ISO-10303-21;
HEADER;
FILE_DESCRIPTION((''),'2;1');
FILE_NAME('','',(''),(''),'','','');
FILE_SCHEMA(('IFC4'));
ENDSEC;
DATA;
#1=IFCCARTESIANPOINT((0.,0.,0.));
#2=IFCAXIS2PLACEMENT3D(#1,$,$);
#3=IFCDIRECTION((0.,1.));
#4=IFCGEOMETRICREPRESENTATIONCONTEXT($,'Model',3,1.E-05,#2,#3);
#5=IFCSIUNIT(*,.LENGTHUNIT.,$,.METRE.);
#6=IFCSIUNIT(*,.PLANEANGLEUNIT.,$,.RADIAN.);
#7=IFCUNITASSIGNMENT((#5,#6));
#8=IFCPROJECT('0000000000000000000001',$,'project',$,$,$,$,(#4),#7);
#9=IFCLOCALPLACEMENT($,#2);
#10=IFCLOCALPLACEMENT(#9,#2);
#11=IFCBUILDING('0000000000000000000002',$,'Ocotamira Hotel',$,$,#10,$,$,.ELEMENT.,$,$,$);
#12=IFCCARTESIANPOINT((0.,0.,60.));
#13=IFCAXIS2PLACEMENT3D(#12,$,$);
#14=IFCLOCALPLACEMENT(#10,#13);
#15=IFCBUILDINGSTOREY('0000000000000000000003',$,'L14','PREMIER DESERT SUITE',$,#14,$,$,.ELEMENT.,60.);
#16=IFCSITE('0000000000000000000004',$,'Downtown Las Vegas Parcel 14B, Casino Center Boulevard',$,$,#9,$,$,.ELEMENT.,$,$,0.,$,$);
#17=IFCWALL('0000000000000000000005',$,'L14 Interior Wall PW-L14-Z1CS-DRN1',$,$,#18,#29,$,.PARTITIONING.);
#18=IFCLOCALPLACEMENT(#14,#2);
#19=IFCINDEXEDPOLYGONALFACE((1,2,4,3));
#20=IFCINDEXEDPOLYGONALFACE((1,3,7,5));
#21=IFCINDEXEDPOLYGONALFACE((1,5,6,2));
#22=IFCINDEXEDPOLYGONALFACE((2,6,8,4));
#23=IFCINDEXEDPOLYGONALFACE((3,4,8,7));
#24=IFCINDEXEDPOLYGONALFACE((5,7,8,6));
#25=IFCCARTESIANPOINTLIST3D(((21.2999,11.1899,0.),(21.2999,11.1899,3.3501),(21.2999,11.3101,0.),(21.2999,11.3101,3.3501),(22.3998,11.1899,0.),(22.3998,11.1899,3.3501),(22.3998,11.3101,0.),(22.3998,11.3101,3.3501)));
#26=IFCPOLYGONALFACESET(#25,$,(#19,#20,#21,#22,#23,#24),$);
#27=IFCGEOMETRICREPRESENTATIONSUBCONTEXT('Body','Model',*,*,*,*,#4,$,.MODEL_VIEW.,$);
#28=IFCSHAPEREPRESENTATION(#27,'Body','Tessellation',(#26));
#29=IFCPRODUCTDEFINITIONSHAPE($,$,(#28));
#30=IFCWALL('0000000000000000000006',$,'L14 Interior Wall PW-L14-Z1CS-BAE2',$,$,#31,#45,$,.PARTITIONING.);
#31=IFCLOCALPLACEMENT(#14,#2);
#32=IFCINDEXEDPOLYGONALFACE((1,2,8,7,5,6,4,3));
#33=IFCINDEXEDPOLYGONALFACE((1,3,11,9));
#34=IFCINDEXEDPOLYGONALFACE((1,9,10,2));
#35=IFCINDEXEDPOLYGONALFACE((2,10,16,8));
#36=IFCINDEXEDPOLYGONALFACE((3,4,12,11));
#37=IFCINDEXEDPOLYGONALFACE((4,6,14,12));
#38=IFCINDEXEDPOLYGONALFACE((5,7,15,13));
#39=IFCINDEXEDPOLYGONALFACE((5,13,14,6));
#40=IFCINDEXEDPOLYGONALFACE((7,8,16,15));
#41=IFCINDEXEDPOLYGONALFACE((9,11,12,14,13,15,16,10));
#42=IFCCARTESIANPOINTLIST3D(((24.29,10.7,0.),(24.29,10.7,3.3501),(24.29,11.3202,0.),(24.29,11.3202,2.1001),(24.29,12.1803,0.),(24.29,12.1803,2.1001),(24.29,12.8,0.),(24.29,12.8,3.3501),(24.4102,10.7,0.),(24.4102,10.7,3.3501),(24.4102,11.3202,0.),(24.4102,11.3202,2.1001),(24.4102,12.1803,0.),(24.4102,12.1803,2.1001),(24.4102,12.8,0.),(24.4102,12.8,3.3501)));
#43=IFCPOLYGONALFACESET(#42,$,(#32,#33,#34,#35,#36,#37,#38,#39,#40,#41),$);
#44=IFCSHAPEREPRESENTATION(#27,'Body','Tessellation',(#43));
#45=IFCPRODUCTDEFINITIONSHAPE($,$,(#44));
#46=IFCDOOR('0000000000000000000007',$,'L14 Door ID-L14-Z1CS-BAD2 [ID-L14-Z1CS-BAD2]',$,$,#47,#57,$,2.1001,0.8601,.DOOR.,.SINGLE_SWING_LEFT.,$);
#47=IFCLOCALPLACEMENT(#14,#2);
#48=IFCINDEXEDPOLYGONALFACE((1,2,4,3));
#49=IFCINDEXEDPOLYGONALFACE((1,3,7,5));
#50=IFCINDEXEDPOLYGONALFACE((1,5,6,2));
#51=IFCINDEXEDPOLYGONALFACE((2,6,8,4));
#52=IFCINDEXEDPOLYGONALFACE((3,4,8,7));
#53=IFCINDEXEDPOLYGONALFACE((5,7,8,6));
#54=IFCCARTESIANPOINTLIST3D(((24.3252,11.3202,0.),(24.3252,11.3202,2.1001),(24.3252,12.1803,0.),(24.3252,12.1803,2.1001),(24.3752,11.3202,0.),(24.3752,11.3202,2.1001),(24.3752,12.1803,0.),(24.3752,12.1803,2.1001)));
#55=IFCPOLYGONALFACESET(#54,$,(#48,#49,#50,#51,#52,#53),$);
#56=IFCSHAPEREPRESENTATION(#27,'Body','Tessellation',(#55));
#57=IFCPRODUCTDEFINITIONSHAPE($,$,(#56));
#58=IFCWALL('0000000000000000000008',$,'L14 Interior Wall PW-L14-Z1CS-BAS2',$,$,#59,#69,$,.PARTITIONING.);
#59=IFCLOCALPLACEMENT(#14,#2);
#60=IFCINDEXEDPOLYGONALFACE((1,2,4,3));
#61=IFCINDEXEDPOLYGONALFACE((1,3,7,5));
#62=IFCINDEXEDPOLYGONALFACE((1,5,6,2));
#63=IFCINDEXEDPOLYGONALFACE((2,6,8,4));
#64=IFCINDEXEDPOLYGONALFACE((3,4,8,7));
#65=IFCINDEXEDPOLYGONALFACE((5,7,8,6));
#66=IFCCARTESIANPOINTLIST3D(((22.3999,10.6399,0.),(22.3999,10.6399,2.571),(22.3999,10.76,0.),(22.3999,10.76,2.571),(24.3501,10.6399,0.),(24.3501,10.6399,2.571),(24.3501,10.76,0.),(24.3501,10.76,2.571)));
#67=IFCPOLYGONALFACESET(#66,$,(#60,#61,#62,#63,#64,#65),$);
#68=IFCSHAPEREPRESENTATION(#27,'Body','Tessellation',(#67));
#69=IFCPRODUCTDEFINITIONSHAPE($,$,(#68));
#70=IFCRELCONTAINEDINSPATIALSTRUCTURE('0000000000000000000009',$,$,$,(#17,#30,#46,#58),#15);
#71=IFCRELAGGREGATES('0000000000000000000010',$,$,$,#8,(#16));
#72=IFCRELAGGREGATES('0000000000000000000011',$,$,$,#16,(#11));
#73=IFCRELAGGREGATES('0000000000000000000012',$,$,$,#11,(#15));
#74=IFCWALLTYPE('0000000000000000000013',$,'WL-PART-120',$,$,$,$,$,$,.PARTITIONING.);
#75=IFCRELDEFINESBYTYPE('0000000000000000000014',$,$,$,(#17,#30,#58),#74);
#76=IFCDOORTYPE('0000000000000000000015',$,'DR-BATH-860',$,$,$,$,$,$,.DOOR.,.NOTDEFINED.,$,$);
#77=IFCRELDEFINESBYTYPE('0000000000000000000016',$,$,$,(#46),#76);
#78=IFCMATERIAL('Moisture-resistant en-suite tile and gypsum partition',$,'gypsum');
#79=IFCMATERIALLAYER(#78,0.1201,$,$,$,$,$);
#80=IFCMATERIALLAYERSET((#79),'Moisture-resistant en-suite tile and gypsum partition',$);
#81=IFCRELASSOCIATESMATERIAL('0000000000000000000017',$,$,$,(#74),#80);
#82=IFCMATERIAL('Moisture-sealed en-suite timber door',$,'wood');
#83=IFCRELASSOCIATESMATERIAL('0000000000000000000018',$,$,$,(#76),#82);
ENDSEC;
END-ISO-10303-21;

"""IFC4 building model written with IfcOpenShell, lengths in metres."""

from ifc_helpers import new_model, si_unit, direction, frame, frame_2d, origin, place, context, subcontext, project, spatial, rectangle, extrude, source, transform, mapped, material, layer, layer_set, type_object, element, fill, save


model = new_model("IFC4")

# Units and contexts
model_context = context("Model", 3, precision=1e-05, world=origin(), true_north=direction((0.0, 1.0)))
body_context = subcontext(model_context, "Body", "Model", "MODEL_VIEW")
ifc_project = project(units=[si_unit("LENGTHUNIT", "METRE"), si_unit("PLANEANGLEUNIT", "RADIAN")], contexts=[model_context])

# Site, building, storey
site_placement = place(None, origin())
site = spatial("IfcSite", under=ifc_project, at=site_placement, Name="Downtown Las Vegas Parcel 14B, Casino Center Boulevard", CompositionType="ELEMENT", RefElevation=0.0)
building_placement = place(site_placement, origin())
building = spatial("IfcBuilding", under=site, at=building_placement, Name="Ocotamira Hotel", CompositionType="ELEMENT")
storey_placement = place(building_placement, frame((0.0, 0.0, 60.0)))
storey = spatial("IfcBuildingStorey", under=building, at=storey_placement, Name="L14", Description="PREMIER DESERT SUITE", CompositionType="ELEMENT", Elevation=60.0)

# Shared definitions
ifc_material_1 = material(Name="Moisture-resistant en-suite tile and gypsum partition", Category="gypsum")
ifc_layer_1 = layer(ifc_material_1, 0.1201)
ifc_layer_set_1 = layer_set([ifc_layer_1], Name="Moisture-resistant en-suite tile and gypsum partition")
wall_type_1 = type_object("IfcWallType", Name="WL-PART-120", PredefinedType="PARTITIONING", material=ifc_layer_set_1)

# Wall
wall_1_placement = place(storey_placement, frame((21.3, 11.25, 0.0), z_axis=(0.0, 0.0, 1.0), x_axis=(1.0, 0.0, 0.0)))
element("IfcWall", 1, at=wall_1_placement, inside=storey, type_object=wall_type_1, Name="L14 Interior Wall PW-L14-Z1CS-DRN1", PredefinedType="PARTITIONING", context=body_context, shape_type="SweptSolid", body=[
    extrude(rectangle(XDim=1.0999, YDim=0.1201, at=frame_2d((0.5498, 0.0))), origin(), (0.0, 0.0, 1.0), 3.3501),
])

# Wall, opening, door
wall_2_placement = place(storey_placement, frame((24.3501, 10.7, 0.0), z_axis=(0.0, 0.0, 1.0), x_axis=(0.0, 1.0, 0.0)))
wall_2 = element("IfcWall", 2, at=wall_2_placement, inside=storey, type_object=wall_type_1, Name="L14 Interior Wall PW-L14-Z1CS-BAE2", PredefinedType="PARTITIONING", context=body_context, shape_type="SweptSolid", body=[
    extrude(rectangle(XDim=2.1001, YDim=0.1201, at=frame_2d((1.05, 0.0))), origin(), (0.0, 0.0, 1.0), 3.3501),
])
opening_1_placement = place(wall_2_placement, frame((0.6201, 0.0, 0.0)))
opening_1 = element("IfcOpeningElement", 3, at=opening_1_placement, cuts=wall_2, PredefinedType="OPENING", context=body_context, shape_type="SweptSolid", body=[
    extrude(rectangle(XDim=0.8601, YDim=2.1001, at=frame_2d((0.4302, 1.05))), frame((0.0, 0.0701, 0.0), z_axis=(0.0, -1.0, 0.0), x_axis=(1.0, 0.0, 0.0)), (0.0, 0.0, 1.0), 0.1401),
])
ifc_material_2 = material(Name="Moisture-sealed en-suite timber door", Category="wood")
door_type_1 = type_object("IfcDoorType", Name="DR-BATH-860", OperationType="NOTDEFINED", PredefinedType="DOOR", material=ifc_material_2)
shared_shape_1 = source(origin(), body_context, "Body", "SweptSolid", [
    extrude(rectangle(XDim=0.8601, YDim=2.1001, at=frame_2d((0.4302, 1.05))), frame((0.0, 0.0249, 0.0), z_axis=(0.0, -1.0, 0.0), x_axis=(1.0, 0.0, 0.0)), (0.0, 0.0, 1.0), 0.05),
])
door_1_placement = place(opening_1_placement, origin())
door_1 = element("IfcDoor", 4, at=door_1_placement, inside=storey, type_object=door_type_1, Name="L14 Door ID-L14-Z1CS-BAD2 [ID-L14-Z1CS-BAD2]", OperationType="SINGLE_SWING_LEFT", OverallHeight=2.1001, OverallWidth=0.8601, PredefinedType="DOOR", context=body_context, shape_type="MappedRepresentation", body=[
    mapped(shared_shape_1, transform((0.0, 0.0, 0.0), scale=1.0)),
])
fill(opening_1, door_1)

# Wall
wall_3_placement = place(storey_placement, frame((22.3999, 10.7, 0.0), z_axis=(0.0, 0.0, 1.0), x_axis=(1.0, 0.0, 0.0)))
element("IfcWall", 5, at=wall_3_placement, inside=storey, type_object=wall_type_1, Name="L14 Interior Wall PW-L14-Z1CS-BAS2", PredefinedType="PARTITIONING", context=body_context, shape_type="SweptSolid", body=[
    extrude(rectangle(XDim=1.9502, YDim=0.1201, at=frame_2d((0.9751, 0.0))), origin(), (0.0, 0.0, 1.0), 2.571),
])

save(model, "model.ifc")
